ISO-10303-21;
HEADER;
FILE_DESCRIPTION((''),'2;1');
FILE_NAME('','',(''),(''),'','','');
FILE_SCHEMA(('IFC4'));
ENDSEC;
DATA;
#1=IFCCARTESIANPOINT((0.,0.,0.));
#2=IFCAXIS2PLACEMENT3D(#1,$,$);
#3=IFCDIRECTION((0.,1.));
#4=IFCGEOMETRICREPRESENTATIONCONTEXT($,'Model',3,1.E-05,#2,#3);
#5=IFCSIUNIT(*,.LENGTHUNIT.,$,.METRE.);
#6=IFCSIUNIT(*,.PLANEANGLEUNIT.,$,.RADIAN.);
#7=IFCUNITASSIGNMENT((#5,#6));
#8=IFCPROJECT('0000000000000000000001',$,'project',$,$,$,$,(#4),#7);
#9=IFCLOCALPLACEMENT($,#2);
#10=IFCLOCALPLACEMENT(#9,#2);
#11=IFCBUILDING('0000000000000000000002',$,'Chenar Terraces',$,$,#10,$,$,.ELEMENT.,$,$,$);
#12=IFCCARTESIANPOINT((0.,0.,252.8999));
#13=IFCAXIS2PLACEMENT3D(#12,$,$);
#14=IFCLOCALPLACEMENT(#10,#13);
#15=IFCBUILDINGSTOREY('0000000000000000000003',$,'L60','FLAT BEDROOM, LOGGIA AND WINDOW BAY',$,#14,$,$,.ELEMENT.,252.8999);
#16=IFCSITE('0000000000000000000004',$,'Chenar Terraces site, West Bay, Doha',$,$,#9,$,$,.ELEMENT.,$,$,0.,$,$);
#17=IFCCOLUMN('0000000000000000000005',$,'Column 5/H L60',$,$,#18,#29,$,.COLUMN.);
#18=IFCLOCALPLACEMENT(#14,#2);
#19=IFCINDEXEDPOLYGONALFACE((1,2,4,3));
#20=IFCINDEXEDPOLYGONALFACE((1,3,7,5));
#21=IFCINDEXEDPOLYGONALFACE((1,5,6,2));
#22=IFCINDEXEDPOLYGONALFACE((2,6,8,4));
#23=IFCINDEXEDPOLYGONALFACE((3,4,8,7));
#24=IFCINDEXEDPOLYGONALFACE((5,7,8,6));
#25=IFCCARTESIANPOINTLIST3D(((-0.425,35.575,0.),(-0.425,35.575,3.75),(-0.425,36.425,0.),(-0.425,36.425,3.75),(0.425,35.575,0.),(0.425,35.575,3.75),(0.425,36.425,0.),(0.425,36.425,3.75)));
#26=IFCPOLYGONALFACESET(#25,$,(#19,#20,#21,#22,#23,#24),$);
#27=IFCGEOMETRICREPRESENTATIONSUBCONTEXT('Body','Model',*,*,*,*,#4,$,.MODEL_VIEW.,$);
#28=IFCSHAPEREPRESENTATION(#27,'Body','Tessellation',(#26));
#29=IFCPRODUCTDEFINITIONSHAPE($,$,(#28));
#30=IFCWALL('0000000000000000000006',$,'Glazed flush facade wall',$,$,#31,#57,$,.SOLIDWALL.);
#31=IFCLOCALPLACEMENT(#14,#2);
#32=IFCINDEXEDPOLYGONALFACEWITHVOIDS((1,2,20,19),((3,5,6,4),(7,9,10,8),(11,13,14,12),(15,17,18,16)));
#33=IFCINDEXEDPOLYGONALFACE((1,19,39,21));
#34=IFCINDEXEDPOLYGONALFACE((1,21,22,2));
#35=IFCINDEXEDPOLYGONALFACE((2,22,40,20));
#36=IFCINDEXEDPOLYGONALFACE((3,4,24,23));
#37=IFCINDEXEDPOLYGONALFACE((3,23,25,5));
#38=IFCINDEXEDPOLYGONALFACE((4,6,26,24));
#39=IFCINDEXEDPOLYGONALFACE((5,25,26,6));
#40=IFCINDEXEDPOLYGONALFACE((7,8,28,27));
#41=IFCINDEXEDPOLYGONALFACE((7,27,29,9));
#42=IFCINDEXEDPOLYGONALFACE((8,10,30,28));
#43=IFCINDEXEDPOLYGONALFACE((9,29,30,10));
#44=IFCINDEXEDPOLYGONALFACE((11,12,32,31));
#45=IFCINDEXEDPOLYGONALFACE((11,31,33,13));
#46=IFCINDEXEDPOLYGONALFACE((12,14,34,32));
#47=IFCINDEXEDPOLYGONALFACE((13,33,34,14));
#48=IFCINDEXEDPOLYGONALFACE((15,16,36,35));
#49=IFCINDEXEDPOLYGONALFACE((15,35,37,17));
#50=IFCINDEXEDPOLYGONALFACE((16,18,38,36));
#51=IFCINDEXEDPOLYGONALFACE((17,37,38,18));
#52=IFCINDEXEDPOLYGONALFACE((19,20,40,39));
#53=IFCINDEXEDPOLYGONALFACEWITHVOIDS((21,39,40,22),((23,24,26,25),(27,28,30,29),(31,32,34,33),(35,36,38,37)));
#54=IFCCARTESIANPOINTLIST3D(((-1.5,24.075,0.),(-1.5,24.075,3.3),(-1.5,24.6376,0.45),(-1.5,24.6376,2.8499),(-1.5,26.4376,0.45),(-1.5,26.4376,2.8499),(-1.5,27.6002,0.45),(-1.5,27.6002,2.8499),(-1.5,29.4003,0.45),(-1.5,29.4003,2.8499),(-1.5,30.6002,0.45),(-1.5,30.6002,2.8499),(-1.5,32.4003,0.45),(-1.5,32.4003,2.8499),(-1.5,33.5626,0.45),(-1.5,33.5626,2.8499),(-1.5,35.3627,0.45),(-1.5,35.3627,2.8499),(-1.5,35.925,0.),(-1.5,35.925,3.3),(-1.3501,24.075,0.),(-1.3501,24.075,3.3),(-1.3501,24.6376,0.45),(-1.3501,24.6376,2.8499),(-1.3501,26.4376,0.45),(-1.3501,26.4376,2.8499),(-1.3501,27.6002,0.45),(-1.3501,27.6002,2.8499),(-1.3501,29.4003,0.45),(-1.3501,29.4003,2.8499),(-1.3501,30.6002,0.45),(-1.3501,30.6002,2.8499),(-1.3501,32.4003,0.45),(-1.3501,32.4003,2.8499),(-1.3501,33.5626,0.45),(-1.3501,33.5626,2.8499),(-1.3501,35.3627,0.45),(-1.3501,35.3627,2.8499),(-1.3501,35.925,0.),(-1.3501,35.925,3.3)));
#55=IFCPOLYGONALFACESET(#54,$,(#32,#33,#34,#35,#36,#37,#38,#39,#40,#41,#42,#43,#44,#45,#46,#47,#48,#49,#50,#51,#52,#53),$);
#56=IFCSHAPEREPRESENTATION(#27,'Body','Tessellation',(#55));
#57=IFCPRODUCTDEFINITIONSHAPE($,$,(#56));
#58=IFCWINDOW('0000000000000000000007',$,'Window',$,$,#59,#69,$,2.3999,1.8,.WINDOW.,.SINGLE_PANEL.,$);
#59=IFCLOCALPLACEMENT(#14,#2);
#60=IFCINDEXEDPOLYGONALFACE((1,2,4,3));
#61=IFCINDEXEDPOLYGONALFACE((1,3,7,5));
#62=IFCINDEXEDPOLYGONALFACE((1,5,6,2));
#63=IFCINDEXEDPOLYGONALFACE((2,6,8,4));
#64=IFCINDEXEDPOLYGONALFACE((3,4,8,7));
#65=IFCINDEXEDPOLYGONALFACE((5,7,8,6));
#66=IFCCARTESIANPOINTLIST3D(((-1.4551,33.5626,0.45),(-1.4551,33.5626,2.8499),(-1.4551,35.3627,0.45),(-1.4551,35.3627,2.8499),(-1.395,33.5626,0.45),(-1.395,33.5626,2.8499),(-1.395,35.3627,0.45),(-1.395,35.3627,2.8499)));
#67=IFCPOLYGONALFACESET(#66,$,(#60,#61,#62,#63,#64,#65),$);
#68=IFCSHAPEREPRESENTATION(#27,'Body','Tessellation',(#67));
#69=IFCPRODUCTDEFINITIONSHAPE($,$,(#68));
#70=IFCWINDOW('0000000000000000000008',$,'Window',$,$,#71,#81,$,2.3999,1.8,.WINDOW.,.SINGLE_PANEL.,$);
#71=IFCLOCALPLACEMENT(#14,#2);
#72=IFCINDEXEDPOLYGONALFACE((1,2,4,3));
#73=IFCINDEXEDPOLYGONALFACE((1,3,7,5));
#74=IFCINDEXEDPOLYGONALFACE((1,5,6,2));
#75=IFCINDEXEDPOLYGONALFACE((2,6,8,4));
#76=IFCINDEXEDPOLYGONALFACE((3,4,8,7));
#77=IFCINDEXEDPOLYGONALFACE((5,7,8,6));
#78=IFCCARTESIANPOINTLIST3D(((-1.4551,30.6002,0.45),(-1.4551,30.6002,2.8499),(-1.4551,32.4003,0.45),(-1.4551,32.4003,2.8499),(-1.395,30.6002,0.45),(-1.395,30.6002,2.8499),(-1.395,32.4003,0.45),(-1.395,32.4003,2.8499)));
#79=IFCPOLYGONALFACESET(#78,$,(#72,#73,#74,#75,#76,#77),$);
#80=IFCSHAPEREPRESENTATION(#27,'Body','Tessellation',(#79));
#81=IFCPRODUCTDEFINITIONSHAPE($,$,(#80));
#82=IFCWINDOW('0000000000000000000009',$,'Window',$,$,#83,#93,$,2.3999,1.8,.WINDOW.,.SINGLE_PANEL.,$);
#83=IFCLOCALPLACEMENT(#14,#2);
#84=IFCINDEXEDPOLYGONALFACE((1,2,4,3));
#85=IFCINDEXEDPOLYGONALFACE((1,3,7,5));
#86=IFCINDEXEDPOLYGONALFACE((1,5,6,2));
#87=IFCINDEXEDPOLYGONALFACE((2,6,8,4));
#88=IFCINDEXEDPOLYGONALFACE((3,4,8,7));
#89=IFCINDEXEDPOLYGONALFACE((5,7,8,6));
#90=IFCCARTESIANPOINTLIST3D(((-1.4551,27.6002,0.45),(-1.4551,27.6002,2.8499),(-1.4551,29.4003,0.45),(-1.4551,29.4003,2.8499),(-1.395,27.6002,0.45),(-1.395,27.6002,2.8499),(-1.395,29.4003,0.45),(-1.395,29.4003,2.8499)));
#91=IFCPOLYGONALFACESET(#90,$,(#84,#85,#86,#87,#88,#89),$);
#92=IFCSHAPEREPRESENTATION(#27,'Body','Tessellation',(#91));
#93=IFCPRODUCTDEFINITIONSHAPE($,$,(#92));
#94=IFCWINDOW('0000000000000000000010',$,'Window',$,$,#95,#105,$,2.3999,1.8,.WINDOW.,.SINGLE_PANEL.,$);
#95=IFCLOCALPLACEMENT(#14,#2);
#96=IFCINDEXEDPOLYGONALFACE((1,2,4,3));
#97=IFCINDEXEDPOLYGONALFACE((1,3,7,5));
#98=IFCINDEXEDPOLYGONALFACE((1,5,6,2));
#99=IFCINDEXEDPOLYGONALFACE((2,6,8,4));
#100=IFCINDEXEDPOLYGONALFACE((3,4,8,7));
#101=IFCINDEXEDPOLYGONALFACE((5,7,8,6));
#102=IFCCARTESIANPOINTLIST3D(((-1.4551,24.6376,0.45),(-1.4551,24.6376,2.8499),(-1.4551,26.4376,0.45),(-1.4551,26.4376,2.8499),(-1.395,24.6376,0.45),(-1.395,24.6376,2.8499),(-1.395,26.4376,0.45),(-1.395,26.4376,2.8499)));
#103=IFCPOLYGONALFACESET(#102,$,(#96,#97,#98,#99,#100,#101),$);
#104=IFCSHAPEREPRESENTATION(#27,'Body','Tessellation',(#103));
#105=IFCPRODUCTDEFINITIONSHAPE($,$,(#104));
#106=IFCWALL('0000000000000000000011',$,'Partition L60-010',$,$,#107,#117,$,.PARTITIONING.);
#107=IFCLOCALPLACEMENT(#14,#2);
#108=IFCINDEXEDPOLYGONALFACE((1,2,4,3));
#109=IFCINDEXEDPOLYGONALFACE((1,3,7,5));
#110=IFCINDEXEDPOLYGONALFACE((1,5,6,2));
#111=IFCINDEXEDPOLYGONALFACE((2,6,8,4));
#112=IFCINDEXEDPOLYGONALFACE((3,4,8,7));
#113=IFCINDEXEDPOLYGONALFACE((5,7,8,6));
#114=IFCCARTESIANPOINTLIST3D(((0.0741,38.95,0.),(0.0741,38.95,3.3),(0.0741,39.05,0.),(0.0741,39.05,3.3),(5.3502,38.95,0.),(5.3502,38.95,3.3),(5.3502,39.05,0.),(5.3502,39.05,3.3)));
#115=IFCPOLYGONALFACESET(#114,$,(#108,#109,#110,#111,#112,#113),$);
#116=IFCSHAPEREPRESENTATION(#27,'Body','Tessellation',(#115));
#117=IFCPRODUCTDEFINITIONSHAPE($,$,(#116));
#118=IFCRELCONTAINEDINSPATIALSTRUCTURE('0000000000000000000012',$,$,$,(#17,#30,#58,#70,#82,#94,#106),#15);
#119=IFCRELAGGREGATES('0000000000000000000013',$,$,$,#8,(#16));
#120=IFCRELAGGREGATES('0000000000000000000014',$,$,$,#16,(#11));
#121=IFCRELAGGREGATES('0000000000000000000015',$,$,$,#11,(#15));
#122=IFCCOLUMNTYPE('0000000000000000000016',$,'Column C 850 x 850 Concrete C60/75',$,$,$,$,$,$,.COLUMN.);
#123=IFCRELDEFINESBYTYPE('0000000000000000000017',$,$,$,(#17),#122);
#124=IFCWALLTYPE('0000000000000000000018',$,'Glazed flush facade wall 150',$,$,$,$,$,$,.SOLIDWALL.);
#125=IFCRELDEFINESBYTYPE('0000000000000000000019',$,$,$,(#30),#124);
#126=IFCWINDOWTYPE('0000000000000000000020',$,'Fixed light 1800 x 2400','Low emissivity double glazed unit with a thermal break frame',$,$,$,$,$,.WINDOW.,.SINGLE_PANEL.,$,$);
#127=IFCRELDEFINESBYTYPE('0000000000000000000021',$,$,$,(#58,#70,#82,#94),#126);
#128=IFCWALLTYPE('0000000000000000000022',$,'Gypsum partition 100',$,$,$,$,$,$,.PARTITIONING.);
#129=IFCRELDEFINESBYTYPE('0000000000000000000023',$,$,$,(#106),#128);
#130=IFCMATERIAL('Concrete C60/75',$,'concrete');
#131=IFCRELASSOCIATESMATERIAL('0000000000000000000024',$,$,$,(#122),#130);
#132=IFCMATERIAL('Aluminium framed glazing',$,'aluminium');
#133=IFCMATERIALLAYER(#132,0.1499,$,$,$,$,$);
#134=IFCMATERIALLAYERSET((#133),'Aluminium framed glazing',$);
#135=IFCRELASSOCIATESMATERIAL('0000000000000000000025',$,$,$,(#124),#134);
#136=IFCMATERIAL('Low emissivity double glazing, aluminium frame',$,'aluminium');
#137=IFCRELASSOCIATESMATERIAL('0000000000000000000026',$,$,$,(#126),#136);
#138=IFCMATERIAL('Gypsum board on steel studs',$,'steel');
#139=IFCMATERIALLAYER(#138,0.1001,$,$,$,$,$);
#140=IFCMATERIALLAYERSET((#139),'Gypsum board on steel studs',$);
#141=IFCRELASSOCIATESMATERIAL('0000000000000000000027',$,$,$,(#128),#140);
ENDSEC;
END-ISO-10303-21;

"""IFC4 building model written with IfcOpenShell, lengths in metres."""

from ifc_helpers import new_model, si_unit, direction, frame, frame_2d, origin, origin_2d, place, context, subcontext, project, spatial, rectangle, extrude, material, layer, layer_set, material_profile, profile_set, type_object, element, fill, save


model = new_model("IFC4")

# Units and contexts
model_context = context("Model", 3, precision=1e-05, world=origin(), true_north=direction((0.0, 1.0)))
body_context = subcontext(model_context, "Body", "Model", "MODEL_VIEW")
ifc_project = project(units=[si_unit("LENGTHUNIT", "METRE"), si_unit("PLANEANGLEUNIT", "RADIAN")], contexts=[model_context])

# Site, building, storey
site_placement = place(None, origin())
site = spatial("IfcSite", under=ifc_project, at=site_placement, Name="Chenar Terraces site, West Bay, Doha", CompositionType="ELEMENT", RefElevation=0.0)
building_placement = place(site_placement, origin())
building = spatial("IfcBuilding", under=site, at=building_placement, Name="Chenar Terraces", CompositionType="ELEMENT")
storey_placement = place(building_placement, frame((0.0, 0.0, 252.8999)))
storey = spatial("IfcBuildingStorey", under=building, at=storey_placement, Name="L60", Description="FLAT BEDROOM, LOGGIA AND WINDOW BAY", CompositionType="ELEMENT", Elevation=252.8999)

# Column
ifc_material_1 = material(Name="Concrete C60/75", Category="concrete")
ifc_material_profile = material_profile(ifc_material_1, rectangle(XDim=0.8501, YDim=0.8501, at=origin_2d()), Name="C 850 x 850")
ifc_profile_set = profile_set([ifc_material_profile], Name="Concrete C60/75")
column_type = type_object("IfcColumnType", Name="Column C 850 x 850 Concrete C60/75", PredefinedType="COLUMN", material=ifc_profile_set)
placement = place(storey_placement, frame((0.0, 36.0, 0.0), z_axis=(0.0, 0.0, 1.0), x_axis=(1.0, 0.0, 0.0)))
element("IfcColumn", 1, at=placement, inside=storey, type_object=column_type, Name="Column 5/H L60", PredefinedType="COLUMN", context=body_context, shape_type="SweptSolid", body=[
    extrude(rectangle(XDim=0.8501, YDim=0.8501, at=origin_2d()), origin(), (0.0, 0.0, 1.0), 3.75),
])

# Wall, openings, windows
ifc_material_2 = material(Name="Aluminium framed glazing", Category="aluminium")
ifc_layer_1 = layer(ifc_material_2, 0.1499)
ifc_layer_set_1 = layer_set([ifc_layer_1], Name="Aluminium framed glazing")
wall_type_1 = type_object("IfcWallType", Name="Glazed flush facade wall 150", PredefinedType="SOLIDWALL", material=ifc_layer_set_1)
wall_1_placement = place(storey_placement, frame((-1.425, 35.925, 0.0), z_axis=(0.0, 0.0, 1.0), x_axis=(0.0, -1.0, 0.0)))
wall_1 = element("IfcWall", 2, at=wall_1_placement, inside=storey, type_object=wall_type_1, Name="Glazed flush facade wall", PredefinedType="SOLIDWALL", context=body_context, shape_type="SweptSolid", body=[
    extrude(rectangle(XDim=11.8501, YDim=0.1499, at=frame_2d((5.925, 0.0))), origin(), (0.0, 0.0, 1.0), 3.3),
])
opening_1_placement = place(wall_1_placement, frame((0.5625, 0.0, 0.45)))
opening_1 = element("IfcOpeningElement", 3, at=opening_1_placement, cuts=wall_1, PredefinedType="OPENING", context=body_context, shape_type="SweptSolid", body=[
    extrude(rectangle(XDim=1.8, YDim=2.3999, at=frame_2d((0.8999, 1.2))), frame((0.0, 0.085, 0.0), z_axis=(0.0, -1.0, 0.0), x_axis=(1.0, 0.0, 0.0)), (0.0, 0.0, 1.0), 0.1699),
])
opening_2_placement = place(wall_1_placement, frame((3.5249, 0.0, 0.45)))
opening_2 = element("IfcOpeningElement", 4, at=opening_2_placement, cuts=wall_1, PredefinedType="OPENING", context=body_context, shape_type="SweptSolid", body=[
    extrude(rectangle(XDim=1.8, YDim=2.3999, at=frame_2d((0.8999, 1.2))), frame((0.0, 0.085, 0.0), z_axis=(0.0, -1.0, 0.0), x_axis=(1.0, 0.0, 0.0)), (0.0, 0.0, 1.0), 0.1699),
])
opening_3_placement = place(wall_1_placement, frame((6.5249, 0.0, 0.45)))
opening_3 = element("IfcOpeningElement", 5, at=opening_3_placement, cuts=wall_1, PredefinedType="OPENING", context=body_context, shape_type="SweptSolid", body=[
    extrude(rectangle(XDim=1.8, YDim=2.3999, at=frame_2d((0.8999, 1.2))), frame((0.0, 0.085, 0.0), z_axis=(0.0, -1.0, 0.0), x_axis=(1.0, 0.0, 0.0)), (0.0, 0.0, 1.0), 0.1699),
])
opening_4_placement = place(wall_1_placement, frame((9.4875, 0.0, 0.45)))
opening_4 = element("IfcOpeningElement", 6, at=opening_4_placement, cuts=wall_1, PredefinedType="OPENING", context=body_context, shape_type="SweptSolid", body=[
    extrude(rectangle(XDim=1.8, YDim=2.3999, at=frame_2d((0.8999, 1.2))), frame((0.0, 0.085, 0.0), z_axis=(0.0, -1.0, 0.0), x_axis=(1.0, 0.0, 0.0)), (0.0, 0.0, 1.0), 0.1699),
])
ifc_material_3 = material(Name="Low emissivity double glazing, aluminium frame", Category="aluminium")
window_type = type_object("IfcWindowType", Name="Fixed light 1800 x 2400", Description="Low emissivity double glazed unit with a thermal break frame", PartitioningType="SINGLE_PANEL", PredefinedType="WINDOW", material=ifc_material_3)
window_1_placement = place(opening_1_placement, origin())
window_1 = element("IfcWindow", 7, at=window_1_placement, inside=storey, type_object=window_type, Name="Window", OverallHeight=2.3999, OverallWidth=1.8, PartitioningType="SINGLE_PANEL", PredefinedType="WINDOW", context=body_context, shape_type="SweptSolid", body=[
    extrude(rectangle(XDim=1.8, YDim=2.3999, at=frame_2d((0.8999, 1.2))), frame((0.0, 0.03, 0.0), z_axis=(0.0, -1.0, 0.0), x_axis=(1.0, 0.0, 0.0)), (0.0, 0.0, 1.0), 0.0601),
])
fill(opening_1, window_1)
window_2_placement = place(opening_2_placement, origin())
window_2 = element("IfcWindow", 8, at=window_2_placement, inside=storey, type_object=window_type, Name="Window", OverallHeight=2.3999, OverallWidth=1.8, PartitioningType="SINGLE_PANEL", PredefinedType="WINDOW", context=body_context, shape_type="SweptSolid", body=[
    extrude(rectangle(XDim=1.8, YDim=2.3999, at=frame_2d((0.8999, 1.2))), frame((0.0, 0.03, 0.0), z_axis=(0.0, -1.0, 0.0), x_axis=(1.0, 0.0, 0.0)), (0.0, 0.0, 1.0), 0.0601),
])
fill(opening_2, window_2)
window_3_placement = place(opening_3_placement, origin())
window_3 = element("IfcWindow", 9, at=window_3_placement, inside=storey, type_object=window_type, Name="Window", OverallHeight=2.3999, OverallWidth=1.8, PartitioningType="SINGLE_PANEL", PredefinedType="WINDOW", context=body_context, shape_type="SweptSolid", body=[
    extrude(rectangle(XDim=1.8, YDim=2.3999, at=frame_2d((0.8999, 1.2))), frame((0.0, 0.03, 0.0), z_axis=(0.0, -1.0, 0.0), x_axis=(1.0, 0.0, 0.0)), (0.0, 0.0, 1.0), 0.0601),
])
fill(opening_3, window_3)
window_4_placement = place(opening_4_placement, origin())
window_4 = element("IfcWindow", 10, at=window_4_placement, inside=storey, type_object=window_type, Name="Window", OverallHeight=2.3999, OverallWidth=1.8, PartitioningType="SINGLE_PANEL", PredefinedType="WINDOW", context=body_context, shape_type="SweptSolid", body=[
    extrude(rectangle(XDim=1.8, YDim=2.3999, at=frame_2d((0.8999, 1.2))), frame((0.0, 0.03, 0.0), z_axis=(0.0, -1.0, 0.0), x_axis=(1.0, 0.0, 0.0)), (0.0, 0.0, 1.0), 0.0601),
])
fill(opening_4, window_4)

# Wall
ifc_material_4 = material(Name="Gypsum board on steel studs", Category="steel")
ifc_layer_2 = layer(ifc_material_4, 0.1001)
ifc_layer_set_2 = layer_set([ifc_layer_2], Name="Gypsum board on steel studs")
wall_type_2 = type_object("IfcWallType", Name="Gypsum partition 100", PredefinedType="PARTITIONING", material=ifc_layer_set_2)
wall_2_placement = place(storey_placement, frame((0.074, 39.0, 0.0), z_axis=(0.0, 0.0, 1.0), x_axis=(1.0, 0.0, 0.0)))
element("IfcWall", 11, at=wall_2_placement, inside=storey, type_object=wall_type_2, Name="Partition L60-010", PredefinedType="PARTITIONING", context=body_context, shape_type="SweptSolid", body=[
    extrude(rectangle(XDim=5.2761, YDim=0.1001, at=frame_2d((2.6382, 0.0))), origin(), (0.0, 0.0, 1.0), 3.3),
])

save(model, "model.ifc")
